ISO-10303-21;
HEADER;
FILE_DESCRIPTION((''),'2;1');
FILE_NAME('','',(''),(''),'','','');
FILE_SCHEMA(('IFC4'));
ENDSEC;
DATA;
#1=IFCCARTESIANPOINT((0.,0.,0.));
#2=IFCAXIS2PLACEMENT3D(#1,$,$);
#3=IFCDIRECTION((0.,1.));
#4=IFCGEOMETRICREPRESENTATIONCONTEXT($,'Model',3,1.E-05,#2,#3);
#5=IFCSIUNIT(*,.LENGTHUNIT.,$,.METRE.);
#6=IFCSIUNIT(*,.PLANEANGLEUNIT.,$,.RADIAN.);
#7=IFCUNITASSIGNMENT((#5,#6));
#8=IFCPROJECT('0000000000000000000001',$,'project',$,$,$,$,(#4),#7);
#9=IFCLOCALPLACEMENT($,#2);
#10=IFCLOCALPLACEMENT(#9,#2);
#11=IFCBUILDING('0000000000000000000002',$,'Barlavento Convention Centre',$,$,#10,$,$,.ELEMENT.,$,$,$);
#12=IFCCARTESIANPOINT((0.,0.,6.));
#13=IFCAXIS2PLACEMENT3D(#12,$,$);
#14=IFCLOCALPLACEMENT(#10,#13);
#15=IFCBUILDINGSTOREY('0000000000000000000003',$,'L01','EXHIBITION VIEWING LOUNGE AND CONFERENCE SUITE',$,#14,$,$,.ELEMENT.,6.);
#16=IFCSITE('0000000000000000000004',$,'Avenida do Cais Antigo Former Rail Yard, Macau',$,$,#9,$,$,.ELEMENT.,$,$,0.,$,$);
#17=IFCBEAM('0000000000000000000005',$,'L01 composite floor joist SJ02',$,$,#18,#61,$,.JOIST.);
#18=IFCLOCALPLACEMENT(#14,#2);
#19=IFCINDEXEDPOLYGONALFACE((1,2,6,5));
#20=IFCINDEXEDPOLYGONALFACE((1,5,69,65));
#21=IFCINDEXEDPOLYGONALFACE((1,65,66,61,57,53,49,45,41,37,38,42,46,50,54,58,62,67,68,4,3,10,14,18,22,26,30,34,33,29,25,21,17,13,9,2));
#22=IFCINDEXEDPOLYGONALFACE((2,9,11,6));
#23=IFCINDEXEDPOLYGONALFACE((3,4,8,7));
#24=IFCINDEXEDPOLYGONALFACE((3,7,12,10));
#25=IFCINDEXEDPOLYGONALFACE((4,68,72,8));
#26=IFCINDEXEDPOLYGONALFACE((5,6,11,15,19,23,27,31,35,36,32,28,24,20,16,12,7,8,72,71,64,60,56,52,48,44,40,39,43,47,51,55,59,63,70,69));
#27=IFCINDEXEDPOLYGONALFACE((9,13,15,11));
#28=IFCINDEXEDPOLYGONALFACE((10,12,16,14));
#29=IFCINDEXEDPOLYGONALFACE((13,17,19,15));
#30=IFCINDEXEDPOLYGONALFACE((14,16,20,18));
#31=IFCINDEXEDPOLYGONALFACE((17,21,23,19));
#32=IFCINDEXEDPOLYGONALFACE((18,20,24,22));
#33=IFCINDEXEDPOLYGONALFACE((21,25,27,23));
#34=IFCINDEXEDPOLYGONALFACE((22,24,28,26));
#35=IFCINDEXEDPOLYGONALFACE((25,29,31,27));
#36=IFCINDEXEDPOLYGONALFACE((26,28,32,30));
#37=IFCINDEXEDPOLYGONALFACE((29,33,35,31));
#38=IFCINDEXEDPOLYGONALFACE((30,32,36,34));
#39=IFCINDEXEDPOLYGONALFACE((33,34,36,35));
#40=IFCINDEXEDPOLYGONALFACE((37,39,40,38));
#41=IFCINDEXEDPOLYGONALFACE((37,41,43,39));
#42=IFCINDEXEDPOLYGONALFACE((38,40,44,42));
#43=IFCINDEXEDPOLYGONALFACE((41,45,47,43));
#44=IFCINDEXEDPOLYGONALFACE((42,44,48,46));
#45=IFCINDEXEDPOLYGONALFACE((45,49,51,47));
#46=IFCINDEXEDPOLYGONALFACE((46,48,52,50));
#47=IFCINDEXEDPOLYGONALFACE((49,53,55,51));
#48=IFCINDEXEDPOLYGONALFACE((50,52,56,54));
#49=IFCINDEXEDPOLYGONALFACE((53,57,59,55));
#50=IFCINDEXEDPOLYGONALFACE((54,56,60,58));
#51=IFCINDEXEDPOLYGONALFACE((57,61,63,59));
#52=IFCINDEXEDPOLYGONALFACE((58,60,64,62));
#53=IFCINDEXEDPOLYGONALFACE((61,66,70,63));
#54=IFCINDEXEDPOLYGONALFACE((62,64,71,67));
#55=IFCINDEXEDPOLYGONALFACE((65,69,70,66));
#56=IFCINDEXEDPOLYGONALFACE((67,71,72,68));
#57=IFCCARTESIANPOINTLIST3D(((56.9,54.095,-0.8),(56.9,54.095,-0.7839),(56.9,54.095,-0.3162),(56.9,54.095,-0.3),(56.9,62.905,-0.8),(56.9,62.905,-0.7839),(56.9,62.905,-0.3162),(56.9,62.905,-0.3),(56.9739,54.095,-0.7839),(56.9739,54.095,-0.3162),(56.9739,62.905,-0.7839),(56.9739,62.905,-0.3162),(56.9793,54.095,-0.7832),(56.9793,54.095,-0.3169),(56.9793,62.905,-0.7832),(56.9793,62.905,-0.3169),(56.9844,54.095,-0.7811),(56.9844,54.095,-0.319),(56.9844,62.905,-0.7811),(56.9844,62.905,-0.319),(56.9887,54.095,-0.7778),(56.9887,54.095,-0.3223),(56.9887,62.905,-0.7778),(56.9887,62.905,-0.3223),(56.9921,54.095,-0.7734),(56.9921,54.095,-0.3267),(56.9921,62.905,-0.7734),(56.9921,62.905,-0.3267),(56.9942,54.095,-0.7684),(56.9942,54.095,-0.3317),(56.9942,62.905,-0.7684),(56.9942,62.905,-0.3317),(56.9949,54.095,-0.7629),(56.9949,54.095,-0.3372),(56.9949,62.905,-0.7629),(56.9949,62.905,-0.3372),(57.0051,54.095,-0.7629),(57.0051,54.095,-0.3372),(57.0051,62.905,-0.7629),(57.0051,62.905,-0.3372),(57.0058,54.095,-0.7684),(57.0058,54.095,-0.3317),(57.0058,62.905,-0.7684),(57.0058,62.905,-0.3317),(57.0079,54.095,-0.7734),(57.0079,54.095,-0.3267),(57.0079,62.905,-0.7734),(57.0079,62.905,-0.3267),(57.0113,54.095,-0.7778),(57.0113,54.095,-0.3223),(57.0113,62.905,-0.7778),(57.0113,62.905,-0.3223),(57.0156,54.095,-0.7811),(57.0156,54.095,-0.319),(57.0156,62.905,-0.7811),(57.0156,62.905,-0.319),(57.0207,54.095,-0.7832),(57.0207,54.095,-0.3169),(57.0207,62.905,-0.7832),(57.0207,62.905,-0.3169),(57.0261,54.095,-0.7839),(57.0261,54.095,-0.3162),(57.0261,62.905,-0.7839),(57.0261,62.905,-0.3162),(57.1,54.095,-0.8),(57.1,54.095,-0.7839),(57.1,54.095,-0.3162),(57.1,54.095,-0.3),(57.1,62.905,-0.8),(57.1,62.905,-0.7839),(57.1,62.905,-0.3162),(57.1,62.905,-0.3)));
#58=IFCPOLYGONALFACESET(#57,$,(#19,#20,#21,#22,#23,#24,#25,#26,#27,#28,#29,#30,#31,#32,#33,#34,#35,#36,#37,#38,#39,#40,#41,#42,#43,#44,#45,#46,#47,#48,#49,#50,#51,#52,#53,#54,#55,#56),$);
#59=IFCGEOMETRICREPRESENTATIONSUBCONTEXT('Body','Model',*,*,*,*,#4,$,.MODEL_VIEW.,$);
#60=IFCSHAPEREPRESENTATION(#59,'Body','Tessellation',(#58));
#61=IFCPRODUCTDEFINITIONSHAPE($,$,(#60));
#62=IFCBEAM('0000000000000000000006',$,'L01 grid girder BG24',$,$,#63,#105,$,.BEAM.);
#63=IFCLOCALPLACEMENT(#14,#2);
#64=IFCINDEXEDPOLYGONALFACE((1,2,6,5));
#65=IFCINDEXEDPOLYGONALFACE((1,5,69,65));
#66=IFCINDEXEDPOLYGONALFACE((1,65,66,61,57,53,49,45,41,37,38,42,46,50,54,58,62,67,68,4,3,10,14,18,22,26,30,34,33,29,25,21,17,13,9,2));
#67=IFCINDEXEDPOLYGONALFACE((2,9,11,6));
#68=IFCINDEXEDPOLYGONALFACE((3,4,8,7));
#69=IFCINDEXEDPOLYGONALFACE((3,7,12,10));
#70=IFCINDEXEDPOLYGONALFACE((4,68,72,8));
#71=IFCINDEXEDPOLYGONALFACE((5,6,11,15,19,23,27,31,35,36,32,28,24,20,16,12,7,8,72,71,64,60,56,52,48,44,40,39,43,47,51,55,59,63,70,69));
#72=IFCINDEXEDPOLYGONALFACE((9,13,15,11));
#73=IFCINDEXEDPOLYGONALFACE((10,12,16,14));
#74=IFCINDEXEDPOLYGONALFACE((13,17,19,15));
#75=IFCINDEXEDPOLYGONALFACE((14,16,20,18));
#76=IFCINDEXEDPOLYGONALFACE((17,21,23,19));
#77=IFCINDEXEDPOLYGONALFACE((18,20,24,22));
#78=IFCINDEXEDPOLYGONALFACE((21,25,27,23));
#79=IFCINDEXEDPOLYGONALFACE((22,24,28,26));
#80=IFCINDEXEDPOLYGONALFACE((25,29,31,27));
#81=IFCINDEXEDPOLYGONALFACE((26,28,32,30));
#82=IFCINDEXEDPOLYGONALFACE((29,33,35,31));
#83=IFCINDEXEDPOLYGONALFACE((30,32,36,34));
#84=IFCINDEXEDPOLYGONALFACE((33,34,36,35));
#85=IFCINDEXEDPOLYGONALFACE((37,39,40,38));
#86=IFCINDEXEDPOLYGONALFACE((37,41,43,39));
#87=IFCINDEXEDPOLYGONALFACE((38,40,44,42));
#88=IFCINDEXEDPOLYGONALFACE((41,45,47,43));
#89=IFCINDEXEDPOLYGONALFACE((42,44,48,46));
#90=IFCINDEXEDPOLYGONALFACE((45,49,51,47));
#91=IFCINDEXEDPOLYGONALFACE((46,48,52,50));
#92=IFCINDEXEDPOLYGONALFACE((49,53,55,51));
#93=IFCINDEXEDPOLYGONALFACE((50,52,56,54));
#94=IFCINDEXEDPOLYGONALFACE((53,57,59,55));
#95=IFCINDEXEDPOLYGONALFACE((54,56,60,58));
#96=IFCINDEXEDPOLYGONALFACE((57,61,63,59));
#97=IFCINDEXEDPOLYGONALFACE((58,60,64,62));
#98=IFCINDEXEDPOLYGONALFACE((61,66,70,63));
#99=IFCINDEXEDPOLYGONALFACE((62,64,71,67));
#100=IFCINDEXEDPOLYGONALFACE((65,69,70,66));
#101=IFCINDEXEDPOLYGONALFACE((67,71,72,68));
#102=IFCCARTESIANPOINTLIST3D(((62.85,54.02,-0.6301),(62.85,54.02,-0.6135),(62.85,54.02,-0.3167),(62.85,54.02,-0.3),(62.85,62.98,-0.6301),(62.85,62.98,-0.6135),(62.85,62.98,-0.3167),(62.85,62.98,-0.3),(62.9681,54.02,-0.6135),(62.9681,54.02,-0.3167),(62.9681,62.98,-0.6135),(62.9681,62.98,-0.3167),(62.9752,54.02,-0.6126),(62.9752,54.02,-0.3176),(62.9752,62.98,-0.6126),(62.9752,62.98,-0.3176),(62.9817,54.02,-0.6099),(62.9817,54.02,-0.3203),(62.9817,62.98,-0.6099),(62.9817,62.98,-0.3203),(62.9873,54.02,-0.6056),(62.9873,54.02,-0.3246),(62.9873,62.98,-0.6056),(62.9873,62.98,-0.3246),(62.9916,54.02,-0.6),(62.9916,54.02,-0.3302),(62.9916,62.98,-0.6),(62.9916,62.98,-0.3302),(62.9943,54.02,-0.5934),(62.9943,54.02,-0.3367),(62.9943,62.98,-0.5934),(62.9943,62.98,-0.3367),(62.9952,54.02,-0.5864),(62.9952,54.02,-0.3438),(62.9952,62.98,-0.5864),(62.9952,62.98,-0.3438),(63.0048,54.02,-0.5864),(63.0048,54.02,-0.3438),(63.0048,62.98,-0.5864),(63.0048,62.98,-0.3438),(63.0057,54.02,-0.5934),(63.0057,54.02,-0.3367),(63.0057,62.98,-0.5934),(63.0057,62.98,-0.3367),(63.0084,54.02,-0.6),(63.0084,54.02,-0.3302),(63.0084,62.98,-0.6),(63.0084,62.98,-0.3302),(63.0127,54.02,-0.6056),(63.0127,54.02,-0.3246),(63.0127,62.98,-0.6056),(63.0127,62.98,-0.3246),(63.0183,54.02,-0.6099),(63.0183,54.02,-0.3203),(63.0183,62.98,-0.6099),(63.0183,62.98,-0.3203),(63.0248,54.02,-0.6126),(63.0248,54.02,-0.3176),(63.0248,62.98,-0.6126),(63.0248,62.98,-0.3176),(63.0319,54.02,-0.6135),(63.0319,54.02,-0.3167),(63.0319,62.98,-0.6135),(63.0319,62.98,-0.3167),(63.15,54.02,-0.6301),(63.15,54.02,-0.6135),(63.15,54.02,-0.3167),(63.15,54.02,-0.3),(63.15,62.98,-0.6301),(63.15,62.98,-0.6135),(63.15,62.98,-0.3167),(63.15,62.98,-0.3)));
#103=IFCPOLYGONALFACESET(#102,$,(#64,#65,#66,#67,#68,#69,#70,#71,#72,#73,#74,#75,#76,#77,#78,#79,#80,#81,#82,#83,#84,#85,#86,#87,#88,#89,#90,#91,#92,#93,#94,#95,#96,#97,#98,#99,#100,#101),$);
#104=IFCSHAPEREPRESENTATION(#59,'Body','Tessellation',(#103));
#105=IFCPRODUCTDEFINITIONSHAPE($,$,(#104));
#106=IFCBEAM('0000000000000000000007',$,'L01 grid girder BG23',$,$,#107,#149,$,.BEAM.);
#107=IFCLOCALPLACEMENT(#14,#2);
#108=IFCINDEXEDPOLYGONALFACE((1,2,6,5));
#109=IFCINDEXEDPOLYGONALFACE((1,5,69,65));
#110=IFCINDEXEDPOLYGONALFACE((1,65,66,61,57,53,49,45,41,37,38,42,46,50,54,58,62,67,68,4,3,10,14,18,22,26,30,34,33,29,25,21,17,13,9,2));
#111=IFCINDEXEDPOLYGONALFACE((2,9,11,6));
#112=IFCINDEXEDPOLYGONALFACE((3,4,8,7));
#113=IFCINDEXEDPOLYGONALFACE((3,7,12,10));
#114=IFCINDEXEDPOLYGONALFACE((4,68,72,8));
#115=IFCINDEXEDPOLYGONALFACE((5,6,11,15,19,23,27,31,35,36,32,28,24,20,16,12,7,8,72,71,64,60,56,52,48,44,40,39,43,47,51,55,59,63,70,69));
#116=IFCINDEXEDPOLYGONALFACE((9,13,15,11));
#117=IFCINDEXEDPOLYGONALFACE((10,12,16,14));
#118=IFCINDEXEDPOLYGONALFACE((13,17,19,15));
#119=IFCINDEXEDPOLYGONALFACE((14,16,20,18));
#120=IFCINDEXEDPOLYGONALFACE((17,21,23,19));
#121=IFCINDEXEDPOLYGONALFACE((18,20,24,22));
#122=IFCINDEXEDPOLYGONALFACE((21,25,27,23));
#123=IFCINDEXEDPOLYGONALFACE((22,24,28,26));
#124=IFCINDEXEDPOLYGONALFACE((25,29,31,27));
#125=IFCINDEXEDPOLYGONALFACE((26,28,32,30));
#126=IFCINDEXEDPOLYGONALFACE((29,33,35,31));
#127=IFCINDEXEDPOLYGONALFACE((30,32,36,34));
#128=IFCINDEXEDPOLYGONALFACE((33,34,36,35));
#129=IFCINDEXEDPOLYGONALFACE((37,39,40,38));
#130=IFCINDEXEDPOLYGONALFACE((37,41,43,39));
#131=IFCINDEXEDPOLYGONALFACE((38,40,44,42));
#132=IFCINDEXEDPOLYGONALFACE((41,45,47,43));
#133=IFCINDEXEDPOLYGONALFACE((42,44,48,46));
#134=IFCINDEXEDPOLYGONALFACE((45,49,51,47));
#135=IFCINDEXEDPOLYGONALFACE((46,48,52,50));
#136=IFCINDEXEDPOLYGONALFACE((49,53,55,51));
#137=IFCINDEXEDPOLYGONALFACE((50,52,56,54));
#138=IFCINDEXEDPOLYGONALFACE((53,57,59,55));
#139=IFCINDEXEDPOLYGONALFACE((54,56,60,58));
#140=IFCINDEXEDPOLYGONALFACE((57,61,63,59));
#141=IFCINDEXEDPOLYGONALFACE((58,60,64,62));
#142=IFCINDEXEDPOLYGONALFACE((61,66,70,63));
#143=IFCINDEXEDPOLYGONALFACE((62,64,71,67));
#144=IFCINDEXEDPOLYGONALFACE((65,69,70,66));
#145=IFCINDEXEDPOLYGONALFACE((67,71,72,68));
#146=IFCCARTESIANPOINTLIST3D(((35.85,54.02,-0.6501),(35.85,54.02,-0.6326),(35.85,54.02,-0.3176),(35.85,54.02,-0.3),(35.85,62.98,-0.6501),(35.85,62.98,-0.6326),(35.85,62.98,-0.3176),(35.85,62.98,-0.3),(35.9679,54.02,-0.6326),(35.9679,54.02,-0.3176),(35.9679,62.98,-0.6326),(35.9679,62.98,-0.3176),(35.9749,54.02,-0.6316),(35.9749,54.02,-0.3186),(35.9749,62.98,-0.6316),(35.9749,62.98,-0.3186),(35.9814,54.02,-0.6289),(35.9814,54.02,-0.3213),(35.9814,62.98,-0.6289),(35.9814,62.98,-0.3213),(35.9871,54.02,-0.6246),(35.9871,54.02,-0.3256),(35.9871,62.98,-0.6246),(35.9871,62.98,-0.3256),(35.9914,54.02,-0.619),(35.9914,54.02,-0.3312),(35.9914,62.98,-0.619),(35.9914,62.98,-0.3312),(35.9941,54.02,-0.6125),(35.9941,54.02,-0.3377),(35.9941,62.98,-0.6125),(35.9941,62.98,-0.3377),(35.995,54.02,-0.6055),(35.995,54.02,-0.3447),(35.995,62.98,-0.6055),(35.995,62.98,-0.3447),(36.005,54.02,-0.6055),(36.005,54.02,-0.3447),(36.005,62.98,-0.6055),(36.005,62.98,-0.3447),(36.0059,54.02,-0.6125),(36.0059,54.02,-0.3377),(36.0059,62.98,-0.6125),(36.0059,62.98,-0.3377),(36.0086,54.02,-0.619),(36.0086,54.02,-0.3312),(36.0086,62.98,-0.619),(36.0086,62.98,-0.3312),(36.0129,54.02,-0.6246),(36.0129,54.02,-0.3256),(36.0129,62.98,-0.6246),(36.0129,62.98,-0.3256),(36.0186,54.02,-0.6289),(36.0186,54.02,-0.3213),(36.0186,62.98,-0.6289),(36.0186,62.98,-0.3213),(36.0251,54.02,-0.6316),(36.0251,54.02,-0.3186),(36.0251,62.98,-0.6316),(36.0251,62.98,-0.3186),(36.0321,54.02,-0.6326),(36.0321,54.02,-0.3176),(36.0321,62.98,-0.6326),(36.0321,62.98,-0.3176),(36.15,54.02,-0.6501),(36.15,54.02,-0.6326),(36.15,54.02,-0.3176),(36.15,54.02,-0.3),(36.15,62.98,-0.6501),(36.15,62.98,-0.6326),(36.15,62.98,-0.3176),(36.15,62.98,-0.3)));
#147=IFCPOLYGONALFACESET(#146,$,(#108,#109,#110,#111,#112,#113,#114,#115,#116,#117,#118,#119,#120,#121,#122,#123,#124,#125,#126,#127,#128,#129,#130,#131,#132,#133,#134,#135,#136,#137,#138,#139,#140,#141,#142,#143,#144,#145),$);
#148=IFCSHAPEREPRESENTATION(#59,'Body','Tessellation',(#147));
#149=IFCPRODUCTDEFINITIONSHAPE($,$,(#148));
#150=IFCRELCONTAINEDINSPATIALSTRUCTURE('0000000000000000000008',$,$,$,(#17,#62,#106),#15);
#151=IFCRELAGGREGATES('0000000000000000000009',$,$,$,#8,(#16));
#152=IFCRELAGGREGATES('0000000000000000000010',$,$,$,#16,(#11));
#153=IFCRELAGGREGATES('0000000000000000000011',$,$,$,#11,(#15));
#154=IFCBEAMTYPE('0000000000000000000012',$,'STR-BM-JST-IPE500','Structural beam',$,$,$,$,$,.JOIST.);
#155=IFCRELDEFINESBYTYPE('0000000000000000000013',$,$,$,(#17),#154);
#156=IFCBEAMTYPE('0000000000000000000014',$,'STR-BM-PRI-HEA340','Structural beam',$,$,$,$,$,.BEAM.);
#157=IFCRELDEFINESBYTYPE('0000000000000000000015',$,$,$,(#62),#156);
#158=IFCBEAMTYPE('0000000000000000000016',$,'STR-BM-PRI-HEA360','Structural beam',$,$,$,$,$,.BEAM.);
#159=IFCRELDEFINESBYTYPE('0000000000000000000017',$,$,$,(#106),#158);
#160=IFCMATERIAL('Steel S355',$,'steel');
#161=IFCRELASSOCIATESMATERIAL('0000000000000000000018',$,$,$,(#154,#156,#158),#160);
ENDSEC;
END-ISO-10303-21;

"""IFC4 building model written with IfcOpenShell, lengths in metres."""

from ifc_helpers import new_model, si_unit, direction, frame, origin, origin_2d, place, context, subcontext, project, spatial, i_section, extrude, material, material_profile, profile_set, type_object, element, save


model = new_model("IFC4")

# Units and contexts
model_context = context("Model", 3, precision=1e-05, world=origin(), true_north=direction((0.0, 1.0)))
body_context = subcontext(model_context, "Body", "Model", "MODEL_VIEW")
ifc_project = project(units=[si_unit("LENGTHUNIT", "METRE"), si_unit("PLANEANGLEUNIT", "RADIAN")], contexts=[model_context])

# Site, building, storey
site_placement = place(None, origin())
site = spatial("IfcSite", under=ifc_project, at=site_placement, Name="Avenida do Cais Antigo Former Rail Yard, Macau", CompositionType="ELEMENT", RefElevation=0.0)
building_placement = place(site_placement, origin())
building = spatial("IfcBuilding", under=site, at=building_placement, Name="Barlavento Convention Centre", CompositionType="ELEMENT")
storey_placement = place(building_placement, frame((0.0, 0.0, 6.0)))
storey = spatial("IfcBuildingStorey", under=building, at=storey_placement, Name="L01", Description="EXHIBITION VIEWING LOUNGE AND CONFERENCE SUITE", CompositionType="ELEMENT", Elevation=6.0)

# Beams
ifc_material_1 = material(Name="Steel S355", Category="steel")
ifc_material_profile_1 = material_profile(ifc_material_1, i_section(OverallWidth=0.2, OverallDepth=0.5, WebThickness=0.0103, FlangeThickness=0.0161, FilletRadius=0.021, at=origin_2d()), Name="IPE 500")
ifc_profile_set_1 = profile_set([ifc_material_profile_1], Name="Steel S355")
beam_type_1 = type_object("IfcBeamType", Name="STR-BM-JST-IPE500", Description="Structural beam", PredefinedType="JOIST", material=ifc_profile_set_1)
beam_1_placement = place(storey_placement, frame((57.0, 54.095, -0.55), z_axis=(0.0, 1.0, 0.0), x_axis=(-1.0, 0.0, 0.0)))
element("IfcBeam", 1, at=beam_1_placement, inside=storey, type_object=beam_type_1, Name="L01 composite floor joist SJ02", PredefinedType="JOIST", context=body_context, shape_type="SweptSolid", body=[
    extrude(i_section(OverallWidth=0.2, OverallDepth=0.5, WebThickness=0.0103, FlangeThickness=0.0161, FilletRadius=0.021, at=origin_2d()), origin(), (0.0, 0.0, 1.0), 8.8101),
])
ifc_material_profile_2 = material_profile(ifc_material_1, i_section(OverallWidth=0.3, OverallDepth=0.3301, WebThickness=0.0095, FlangeThickness=0.0166, FilletRadius=0.0271, at=origin_2d()), Name="HEA 340")
ifc_profile_set_2 = profile_set([ifc_material_profile_2], Name="Steel S355")
beam_type_2 = type_object("IfcBeamType", Name="STR-BM-PRI-HEA340", Description="Structural beam", PredefinedType="BEAM", material=ifc_profile_set_2)
beam_2_placement = place(storey_placement, frame((63.0, 54.02, -0.4651), z_axis=(0.0, 1.0, 0.0), x_axis=(-1.0, 0.0, 0.0)))
element("IfcBeam", 2, at=beam_2_placement, inside=storey, type_object=beam_type_2, Name="L01 grid girder BG24", PredefinedType="BEAM", context=body_context, shape_type="SweptSolid", body=[
    extrude(i_section(OverallWidth=0.3, OverallDepth=0.3301, WebThickness=0.0095, FlangeThickness=0.0166, FilletRadius=0.0271, at=origin_2d()), origin(), (0.0, 0.0, 1.0), 8.96),
])
ifc_material_profile_3 = material_profile(ifc_material_1, i_section(OverallWidth=0.3, OverallDepth=0.3501, WebThickness=0.01, FlangeThickness=0.0176, FilletRadius=0.0271, at=origin_2d()), Name="HEA 360")
ifc_profile_set_3 = profile_set([ifc_material_profile_3], Name="Steel S355")
beam_type_3 = type_object("IfcBeamType", Name="STR-BM-PRI-HEA360", Description="Structural beam", PredefinedType="BEAM", material=ifc_profile_set_3)
beam_3_placement = place(storey_placement, frame((36.0, 54.02, -0.4751), z_axis=(0.0, 1.0, 0.0), x_axis=(-1.0, 0.0, 0.0)))
element("IfcBeam", 3, at=beam_3_placement, inside=storey, type_object=beam_type_3, Name="L01 grid girder BG23", PredefinedType="BEAM", context=body_context, shape_type="SweptSolid", body=[
    extrude(i_section(OverallWidth=0.3, OverallDepth=0.3501, WebThickness=0.01, FlangeThickness=0.0176, FilletRadius=0.0271, at=origin_2d()), origin(), (0.0, 0.0, 1.0), 8.96),
])

save(model, "model.ifc")
